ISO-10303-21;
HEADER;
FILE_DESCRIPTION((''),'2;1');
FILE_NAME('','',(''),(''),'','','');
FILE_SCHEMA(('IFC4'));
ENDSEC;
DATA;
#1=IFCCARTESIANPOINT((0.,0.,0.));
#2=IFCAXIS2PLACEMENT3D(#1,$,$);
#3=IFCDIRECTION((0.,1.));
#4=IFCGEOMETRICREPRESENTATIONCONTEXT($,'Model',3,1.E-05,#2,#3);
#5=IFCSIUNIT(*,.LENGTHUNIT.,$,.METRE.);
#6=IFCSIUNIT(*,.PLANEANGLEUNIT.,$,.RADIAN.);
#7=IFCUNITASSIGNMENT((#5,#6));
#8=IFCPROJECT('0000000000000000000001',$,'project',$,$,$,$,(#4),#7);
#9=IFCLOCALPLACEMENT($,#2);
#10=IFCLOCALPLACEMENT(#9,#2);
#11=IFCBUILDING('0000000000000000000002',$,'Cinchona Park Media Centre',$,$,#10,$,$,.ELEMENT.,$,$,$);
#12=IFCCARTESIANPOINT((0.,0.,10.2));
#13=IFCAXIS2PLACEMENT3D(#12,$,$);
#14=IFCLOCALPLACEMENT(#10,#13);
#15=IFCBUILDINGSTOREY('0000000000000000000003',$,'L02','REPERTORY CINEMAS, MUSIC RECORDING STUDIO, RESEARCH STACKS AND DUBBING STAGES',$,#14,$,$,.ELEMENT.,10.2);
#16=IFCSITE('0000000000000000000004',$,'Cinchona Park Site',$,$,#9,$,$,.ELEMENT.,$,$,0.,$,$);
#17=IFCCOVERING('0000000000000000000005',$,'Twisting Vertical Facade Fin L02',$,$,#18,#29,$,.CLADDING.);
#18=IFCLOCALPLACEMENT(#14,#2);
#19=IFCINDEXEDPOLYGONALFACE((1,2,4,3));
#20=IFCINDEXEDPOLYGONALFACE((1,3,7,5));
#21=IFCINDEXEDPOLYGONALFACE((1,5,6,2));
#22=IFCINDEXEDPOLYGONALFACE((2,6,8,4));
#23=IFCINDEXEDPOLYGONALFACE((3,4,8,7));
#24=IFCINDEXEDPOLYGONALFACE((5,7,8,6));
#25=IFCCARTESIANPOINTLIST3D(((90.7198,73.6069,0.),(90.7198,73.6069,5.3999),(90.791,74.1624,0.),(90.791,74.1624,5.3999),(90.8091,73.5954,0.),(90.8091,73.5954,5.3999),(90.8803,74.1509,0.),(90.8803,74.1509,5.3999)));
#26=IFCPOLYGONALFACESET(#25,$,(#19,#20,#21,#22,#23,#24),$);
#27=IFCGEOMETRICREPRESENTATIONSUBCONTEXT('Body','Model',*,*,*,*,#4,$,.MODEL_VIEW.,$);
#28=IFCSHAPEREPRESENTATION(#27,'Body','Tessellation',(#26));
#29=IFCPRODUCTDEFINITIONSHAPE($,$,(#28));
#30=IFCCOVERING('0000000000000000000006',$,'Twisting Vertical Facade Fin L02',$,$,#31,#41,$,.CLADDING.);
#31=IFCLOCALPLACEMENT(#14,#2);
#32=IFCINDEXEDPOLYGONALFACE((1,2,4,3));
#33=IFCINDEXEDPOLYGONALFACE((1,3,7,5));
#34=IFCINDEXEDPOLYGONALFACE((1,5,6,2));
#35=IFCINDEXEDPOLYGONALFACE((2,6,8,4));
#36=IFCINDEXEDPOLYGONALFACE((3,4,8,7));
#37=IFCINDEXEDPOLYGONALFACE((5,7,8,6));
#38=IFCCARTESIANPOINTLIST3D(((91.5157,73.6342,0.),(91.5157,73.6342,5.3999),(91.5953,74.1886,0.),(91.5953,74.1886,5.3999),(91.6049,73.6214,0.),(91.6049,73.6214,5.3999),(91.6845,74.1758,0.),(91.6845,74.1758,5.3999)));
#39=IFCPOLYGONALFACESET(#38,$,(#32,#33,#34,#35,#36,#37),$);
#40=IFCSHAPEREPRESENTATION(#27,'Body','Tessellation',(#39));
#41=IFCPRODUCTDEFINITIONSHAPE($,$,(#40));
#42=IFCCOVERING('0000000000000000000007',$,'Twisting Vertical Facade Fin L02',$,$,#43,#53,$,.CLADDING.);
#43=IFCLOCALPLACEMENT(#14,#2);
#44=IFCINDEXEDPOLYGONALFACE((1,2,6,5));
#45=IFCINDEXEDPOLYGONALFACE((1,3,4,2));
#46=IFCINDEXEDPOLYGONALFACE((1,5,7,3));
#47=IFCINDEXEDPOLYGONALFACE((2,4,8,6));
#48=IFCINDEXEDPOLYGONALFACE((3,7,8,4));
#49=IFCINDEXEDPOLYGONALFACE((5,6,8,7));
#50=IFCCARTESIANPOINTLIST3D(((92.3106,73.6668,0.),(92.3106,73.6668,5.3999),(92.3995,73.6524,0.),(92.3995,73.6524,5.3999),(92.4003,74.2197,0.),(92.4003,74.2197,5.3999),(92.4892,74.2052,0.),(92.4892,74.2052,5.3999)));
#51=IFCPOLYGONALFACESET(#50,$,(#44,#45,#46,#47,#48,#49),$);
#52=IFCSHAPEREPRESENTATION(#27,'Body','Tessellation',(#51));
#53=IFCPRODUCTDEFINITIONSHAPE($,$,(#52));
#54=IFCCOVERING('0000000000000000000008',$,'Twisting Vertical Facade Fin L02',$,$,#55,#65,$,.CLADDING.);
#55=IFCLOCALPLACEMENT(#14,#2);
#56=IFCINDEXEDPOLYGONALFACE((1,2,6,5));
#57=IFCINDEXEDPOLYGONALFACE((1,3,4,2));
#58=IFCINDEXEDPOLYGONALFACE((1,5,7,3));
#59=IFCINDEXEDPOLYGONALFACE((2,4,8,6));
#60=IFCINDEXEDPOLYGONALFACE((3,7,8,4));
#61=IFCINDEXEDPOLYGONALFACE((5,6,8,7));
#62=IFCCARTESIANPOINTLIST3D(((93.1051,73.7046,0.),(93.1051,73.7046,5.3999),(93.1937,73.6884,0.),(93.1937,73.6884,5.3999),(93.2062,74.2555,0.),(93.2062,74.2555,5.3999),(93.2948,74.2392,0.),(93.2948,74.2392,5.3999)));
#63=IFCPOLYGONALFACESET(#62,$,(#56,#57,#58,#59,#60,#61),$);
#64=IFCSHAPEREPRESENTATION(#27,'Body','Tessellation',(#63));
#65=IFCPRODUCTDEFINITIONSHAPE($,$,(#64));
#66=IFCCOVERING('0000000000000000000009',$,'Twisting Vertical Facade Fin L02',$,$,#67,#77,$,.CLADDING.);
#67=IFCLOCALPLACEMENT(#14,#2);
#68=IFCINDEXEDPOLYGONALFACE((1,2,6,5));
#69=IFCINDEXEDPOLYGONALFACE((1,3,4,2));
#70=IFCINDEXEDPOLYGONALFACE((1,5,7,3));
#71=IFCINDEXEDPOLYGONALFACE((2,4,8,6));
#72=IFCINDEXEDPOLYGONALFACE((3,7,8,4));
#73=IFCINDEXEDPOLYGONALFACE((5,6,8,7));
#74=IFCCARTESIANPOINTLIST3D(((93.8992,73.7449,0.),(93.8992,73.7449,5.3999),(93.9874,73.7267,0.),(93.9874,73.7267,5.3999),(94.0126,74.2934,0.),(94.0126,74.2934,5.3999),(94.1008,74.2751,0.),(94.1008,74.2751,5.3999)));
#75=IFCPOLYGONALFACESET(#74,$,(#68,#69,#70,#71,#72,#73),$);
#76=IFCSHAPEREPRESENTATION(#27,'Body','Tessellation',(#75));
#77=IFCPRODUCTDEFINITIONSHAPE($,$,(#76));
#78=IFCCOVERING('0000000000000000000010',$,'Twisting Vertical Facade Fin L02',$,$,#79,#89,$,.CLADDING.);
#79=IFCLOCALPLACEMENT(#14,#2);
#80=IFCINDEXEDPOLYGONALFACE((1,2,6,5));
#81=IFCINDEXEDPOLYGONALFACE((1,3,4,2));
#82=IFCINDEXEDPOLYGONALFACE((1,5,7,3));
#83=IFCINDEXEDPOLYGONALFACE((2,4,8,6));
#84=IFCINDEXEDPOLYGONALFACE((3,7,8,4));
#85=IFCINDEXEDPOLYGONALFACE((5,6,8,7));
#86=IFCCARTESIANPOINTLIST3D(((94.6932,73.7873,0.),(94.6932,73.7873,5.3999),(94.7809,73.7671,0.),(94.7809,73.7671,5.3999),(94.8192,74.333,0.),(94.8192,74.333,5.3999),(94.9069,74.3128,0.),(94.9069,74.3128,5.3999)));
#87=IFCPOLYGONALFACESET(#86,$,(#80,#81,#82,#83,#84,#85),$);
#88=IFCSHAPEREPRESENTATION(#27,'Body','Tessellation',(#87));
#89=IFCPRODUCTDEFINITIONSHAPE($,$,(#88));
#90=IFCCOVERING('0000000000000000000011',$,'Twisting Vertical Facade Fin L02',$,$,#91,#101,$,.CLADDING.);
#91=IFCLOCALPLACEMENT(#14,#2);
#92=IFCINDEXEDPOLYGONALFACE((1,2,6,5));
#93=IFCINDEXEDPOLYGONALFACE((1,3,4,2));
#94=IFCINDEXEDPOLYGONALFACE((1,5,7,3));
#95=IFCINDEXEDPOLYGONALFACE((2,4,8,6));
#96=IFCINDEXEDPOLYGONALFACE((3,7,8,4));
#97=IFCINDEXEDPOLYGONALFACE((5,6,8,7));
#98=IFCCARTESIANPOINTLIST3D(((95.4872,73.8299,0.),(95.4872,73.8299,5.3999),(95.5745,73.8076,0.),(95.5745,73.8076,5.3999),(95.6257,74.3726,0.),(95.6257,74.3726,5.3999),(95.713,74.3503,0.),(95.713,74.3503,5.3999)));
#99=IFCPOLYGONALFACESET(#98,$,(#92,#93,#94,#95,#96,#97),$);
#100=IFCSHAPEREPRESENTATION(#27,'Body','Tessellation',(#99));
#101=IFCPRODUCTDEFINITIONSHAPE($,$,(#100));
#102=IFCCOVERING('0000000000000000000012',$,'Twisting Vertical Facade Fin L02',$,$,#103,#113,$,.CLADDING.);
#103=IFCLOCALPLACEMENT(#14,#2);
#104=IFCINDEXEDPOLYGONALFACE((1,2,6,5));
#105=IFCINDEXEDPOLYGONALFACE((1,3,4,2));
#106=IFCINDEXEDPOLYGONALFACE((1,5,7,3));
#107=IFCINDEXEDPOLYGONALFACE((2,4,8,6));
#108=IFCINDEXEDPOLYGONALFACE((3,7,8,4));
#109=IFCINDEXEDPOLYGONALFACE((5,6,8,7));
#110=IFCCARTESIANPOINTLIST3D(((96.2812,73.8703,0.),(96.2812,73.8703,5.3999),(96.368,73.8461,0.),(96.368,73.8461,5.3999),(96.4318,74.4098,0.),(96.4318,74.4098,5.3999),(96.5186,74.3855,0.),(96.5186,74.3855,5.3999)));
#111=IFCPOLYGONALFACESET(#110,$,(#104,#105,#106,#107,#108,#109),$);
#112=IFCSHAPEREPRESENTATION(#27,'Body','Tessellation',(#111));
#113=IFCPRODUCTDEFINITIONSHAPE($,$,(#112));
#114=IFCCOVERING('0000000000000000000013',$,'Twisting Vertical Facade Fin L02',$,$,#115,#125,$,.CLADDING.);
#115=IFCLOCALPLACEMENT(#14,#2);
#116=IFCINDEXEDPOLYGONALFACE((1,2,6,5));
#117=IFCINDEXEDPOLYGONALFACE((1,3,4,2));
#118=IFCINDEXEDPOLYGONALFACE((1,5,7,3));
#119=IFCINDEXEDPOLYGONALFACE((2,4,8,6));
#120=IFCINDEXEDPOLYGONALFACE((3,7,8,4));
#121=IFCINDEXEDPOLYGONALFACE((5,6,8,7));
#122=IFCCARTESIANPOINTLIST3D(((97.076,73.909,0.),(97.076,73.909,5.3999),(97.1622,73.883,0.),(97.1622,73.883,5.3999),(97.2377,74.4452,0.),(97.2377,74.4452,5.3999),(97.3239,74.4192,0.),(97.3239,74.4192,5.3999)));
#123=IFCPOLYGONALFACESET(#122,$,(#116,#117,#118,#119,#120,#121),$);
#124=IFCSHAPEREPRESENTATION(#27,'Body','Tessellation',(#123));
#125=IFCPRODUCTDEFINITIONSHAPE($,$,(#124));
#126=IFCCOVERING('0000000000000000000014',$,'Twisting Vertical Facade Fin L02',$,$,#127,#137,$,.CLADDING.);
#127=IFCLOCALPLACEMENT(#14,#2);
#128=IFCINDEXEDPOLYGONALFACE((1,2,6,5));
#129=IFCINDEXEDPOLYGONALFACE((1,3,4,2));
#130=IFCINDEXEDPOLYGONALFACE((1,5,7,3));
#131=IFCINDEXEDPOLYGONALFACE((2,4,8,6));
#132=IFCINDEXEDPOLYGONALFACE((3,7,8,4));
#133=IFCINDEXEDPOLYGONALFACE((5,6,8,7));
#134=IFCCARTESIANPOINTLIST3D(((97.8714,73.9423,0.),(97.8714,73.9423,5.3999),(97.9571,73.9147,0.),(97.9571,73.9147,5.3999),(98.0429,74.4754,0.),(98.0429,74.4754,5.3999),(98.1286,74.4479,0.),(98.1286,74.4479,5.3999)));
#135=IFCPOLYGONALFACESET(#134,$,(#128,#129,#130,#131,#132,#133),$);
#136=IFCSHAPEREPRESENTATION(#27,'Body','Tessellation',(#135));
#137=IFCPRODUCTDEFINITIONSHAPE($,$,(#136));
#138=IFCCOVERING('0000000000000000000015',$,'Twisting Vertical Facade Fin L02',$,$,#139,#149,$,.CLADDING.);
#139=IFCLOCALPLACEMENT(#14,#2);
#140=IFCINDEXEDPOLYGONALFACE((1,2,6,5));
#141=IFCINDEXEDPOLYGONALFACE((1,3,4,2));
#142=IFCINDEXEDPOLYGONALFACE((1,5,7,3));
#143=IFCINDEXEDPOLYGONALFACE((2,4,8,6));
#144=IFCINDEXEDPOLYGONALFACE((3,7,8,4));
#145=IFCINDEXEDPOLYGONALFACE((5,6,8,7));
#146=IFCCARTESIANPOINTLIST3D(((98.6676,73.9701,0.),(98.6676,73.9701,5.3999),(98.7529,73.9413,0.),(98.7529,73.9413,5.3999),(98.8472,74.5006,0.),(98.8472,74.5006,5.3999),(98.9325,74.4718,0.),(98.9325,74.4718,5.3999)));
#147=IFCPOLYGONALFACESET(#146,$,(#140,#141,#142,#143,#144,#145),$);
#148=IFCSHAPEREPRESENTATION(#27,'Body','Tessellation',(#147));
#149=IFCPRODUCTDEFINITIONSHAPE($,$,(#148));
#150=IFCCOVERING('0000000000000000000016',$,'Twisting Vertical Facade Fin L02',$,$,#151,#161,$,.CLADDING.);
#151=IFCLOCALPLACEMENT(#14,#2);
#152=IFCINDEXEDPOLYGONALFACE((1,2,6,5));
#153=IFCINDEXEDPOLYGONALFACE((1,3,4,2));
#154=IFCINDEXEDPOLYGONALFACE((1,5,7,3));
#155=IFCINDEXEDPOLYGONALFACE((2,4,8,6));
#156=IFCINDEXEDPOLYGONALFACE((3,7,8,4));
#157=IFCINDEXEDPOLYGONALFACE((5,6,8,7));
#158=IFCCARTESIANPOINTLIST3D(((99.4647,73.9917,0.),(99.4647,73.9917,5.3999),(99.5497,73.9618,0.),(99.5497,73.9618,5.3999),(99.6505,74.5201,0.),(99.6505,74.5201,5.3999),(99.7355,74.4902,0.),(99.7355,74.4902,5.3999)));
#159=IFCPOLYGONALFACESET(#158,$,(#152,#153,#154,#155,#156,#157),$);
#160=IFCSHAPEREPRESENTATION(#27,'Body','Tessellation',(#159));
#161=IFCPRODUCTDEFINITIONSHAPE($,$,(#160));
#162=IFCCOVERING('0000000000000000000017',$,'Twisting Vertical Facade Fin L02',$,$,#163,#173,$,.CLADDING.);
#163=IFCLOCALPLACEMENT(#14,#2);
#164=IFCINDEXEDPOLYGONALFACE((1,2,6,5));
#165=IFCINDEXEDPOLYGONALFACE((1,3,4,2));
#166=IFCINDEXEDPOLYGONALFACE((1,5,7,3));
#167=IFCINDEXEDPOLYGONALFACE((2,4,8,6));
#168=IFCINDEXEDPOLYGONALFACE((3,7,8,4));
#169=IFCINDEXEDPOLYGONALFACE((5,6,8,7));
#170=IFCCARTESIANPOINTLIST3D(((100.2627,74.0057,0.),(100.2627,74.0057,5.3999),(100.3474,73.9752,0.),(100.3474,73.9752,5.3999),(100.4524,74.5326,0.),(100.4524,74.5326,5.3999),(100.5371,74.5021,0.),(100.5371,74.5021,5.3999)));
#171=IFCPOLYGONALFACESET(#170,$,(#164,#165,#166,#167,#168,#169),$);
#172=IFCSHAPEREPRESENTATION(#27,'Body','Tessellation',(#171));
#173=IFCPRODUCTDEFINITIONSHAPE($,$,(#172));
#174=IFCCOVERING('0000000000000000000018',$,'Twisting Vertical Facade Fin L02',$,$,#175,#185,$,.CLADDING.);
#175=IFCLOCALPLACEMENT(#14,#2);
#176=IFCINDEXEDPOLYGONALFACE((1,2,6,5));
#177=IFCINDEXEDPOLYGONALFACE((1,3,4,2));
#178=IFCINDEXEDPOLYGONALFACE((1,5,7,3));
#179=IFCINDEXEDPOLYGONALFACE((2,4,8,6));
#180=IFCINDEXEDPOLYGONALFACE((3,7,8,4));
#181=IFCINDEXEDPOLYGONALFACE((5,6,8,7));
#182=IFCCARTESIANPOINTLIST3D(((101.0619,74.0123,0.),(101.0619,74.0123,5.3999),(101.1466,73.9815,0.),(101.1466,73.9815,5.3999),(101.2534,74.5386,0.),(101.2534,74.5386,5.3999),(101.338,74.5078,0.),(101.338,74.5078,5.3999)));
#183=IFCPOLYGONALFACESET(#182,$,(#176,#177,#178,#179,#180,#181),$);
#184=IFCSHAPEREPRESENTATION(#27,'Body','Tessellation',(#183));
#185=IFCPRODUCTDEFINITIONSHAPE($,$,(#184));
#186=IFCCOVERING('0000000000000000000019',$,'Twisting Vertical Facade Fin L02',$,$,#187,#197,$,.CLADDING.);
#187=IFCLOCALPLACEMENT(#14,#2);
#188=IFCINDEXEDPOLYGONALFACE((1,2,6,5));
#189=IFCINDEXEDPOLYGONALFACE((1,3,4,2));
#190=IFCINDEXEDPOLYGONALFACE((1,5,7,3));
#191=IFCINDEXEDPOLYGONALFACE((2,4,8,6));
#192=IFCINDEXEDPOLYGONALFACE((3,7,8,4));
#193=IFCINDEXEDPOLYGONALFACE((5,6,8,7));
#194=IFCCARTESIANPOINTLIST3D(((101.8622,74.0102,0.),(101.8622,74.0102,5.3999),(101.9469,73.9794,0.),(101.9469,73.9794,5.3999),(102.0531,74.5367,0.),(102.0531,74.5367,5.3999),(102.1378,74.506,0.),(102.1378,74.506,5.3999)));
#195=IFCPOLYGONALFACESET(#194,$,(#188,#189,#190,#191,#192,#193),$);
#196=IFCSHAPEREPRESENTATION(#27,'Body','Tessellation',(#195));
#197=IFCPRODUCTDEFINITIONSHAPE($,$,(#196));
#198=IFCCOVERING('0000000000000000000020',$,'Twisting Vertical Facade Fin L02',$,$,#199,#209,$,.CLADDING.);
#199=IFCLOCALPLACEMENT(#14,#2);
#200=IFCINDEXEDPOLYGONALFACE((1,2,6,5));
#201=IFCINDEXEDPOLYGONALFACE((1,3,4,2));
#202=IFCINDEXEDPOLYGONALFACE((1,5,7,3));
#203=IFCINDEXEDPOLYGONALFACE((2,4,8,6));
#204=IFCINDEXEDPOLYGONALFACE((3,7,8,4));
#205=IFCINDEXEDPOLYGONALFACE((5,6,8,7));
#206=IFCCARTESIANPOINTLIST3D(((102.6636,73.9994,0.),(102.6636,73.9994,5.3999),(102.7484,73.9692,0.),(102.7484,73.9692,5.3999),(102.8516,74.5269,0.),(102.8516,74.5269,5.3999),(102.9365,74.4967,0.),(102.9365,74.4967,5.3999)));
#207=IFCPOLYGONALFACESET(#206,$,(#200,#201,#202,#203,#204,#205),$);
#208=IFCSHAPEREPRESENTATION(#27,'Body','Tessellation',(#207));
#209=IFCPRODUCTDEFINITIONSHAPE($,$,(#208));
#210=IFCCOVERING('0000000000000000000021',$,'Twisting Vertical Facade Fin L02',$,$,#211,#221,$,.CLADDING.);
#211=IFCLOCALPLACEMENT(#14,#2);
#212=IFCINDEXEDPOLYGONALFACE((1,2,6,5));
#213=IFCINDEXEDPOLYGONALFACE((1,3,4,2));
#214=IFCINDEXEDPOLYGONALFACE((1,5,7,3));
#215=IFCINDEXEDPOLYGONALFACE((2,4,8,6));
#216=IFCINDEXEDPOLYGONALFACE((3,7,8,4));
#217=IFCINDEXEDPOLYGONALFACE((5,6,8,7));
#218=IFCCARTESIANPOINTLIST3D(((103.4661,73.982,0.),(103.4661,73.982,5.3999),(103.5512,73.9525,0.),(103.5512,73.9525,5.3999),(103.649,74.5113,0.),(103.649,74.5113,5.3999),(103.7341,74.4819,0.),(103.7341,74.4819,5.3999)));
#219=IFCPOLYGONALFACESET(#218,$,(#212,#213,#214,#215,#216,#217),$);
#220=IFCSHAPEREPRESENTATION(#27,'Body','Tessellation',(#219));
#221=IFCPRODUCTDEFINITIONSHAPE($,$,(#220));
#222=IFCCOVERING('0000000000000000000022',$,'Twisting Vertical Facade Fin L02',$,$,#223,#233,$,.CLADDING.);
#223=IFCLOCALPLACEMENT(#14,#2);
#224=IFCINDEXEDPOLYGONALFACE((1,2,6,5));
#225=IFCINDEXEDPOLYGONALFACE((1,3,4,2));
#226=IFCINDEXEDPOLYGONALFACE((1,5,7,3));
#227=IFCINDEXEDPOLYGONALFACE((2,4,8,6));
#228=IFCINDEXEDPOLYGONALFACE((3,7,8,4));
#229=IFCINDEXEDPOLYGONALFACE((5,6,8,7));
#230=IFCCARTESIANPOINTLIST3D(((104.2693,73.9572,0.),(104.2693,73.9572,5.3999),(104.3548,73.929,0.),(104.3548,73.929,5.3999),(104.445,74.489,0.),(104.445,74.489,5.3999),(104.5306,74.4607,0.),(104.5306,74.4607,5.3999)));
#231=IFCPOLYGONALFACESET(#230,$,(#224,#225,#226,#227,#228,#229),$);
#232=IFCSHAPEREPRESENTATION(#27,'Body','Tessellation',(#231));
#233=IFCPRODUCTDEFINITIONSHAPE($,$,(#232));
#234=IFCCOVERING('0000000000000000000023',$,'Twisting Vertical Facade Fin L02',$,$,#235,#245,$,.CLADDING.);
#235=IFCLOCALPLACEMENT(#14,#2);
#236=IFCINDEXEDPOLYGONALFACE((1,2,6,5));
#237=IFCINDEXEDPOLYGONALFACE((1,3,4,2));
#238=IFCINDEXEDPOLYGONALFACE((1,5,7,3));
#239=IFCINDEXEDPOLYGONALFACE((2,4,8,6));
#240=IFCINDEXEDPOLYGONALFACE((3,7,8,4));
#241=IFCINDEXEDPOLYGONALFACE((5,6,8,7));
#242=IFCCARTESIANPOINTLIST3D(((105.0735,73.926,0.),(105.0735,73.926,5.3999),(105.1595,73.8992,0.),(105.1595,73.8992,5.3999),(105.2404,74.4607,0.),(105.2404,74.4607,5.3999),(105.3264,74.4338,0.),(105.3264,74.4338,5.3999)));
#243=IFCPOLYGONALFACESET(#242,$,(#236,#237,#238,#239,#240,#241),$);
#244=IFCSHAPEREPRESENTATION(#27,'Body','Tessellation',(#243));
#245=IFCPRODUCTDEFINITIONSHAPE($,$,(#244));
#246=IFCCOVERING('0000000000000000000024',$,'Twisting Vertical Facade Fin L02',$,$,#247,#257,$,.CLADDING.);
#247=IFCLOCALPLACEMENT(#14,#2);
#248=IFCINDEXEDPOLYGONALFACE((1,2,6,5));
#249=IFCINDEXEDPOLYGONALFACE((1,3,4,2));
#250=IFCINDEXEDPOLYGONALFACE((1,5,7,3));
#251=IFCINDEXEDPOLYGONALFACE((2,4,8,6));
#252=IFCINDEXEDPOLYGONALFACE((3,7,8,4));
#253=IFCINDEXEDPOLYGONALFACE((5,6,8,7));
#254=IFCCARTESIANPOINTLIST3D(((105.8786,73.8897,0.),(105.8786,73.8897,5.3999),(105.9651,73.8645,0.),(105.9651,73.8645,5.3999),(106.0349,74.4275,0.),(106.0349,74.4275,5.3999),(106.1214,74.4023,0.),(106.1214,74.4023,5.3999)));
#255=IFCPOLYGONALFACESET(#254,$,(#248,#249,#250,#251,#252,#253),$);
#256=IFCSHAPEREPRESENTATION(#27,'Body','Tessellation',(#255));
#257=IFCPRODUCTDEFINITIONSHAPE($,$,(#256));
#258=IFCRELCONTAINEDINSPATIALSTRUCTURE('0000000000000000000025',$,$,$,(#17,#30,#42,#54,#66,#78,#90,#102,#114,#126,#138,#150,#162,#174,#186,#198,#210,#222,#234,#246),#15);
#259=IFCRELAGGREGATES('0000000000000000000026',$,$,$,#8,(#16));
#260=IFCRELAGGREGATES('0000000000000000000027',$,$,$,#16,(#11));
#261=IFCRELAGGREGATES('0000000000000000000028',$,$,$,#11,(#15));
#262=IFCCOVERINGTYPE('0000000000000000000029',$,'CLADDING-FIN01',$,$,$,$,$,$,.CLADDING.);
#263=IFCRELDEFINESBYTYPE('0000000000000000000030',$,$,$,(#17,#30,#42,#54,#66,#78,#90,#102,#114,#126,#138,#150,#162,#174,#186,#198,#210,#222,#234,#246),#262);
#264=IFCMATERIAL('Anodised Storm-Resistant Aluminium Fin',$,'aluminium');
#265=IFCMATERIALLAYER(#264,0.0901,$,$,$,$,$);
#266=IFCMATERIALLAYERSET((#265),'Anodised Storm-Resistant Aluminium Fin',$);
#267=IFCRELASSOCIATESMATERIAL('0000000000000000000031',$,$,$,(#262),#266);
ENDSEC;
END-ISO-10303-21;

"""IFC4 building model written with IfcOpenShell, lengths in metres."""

from ifc_helpers import new_model, si_unit, direction, frame, origin, origin_2d, place, context, subcontext, project, spatial, rectangle, extrude, material, layer, layer_set, type_object, element, save


model = new_model("IFC4")

# Units and contexts
model_context = context("Model", 3, precision=1e-05, world=origin(), true_north=direction((0.0, 1.0)))
body_context = subcontext(model_context, "Body", "Model", "MODEL_VIEW")
ifc_project = project(units=[si_unit("LENGTHUNIT", "METRE"), si_unit("PLANEANGLEUNIT", "RADIAN")], contexts=[model_context])

# Site, building, storey
site_placement = place(None, origin())
site = spatial("IfcSite", under=ifc_project, at=site_placement, Name="Cinchona Park Site", CompositionType="ELEMENT", RefElevation=0.0)
building_placement = place(site_placement, origin())
building = spatial("IfcBuilding", under=site, at=building_placement, Name="Cinchona Park Media Centre", CompositionType="ELEMENT")
storey_placement = place(building_placement, frame((0.0, 0.0, 10.2)))
storey = spatial("IfcBuildingStorey", under=building, at=storey_placement, Name="L02", Description="REPERTORY CINEMAS, MUSIC RECORDING STUDIO, RESEARCH STACKS AND DUBBING STAGES", CompositionType="ELEMENT", Elevation=10.2)

# Coverings
ifc_material_1 = material(Name="Anodised Storm-Resistant Aluminium Fin", Category="aluminium")
ifc_layer = layer(ifc_material_1, 0.0901)
ifc_layer_set = layer_set([ifc_layer], Name="Anodised Storm-Resistant Aluminium Fin")
covering_type = type_object("IfcCoveringType", Name="CLADDING-FIN01", PredefinedType="CLADDING", material=ifc_layer_set)
for number, where, z_axis, x_axis, name in (
    (1, (90.8, 73.8789, 0.0), (0.0, 0.0, 1.0), (0.127065, 0.991894, 0.0), "Twisting Vertical Facade Fin L02"),
    (2, (91.6001, 73.905, 0.0), (0.0, 0.0, 1.0), (0.142111, 0.989851, 0.0), "Twisting Vertical Facade Fin L02"),
    (3, (92.3999, 73.936, 0.0), (0.0, 0.0, 1.0), (0.160226, 0.98708, 0.0), "Twisting Vertical Facade Fin L02"),
    (4, (93.2, 73.9719, 0.0), (0.0, 0.0, 1.0), (0.180519, 0.983571, 0.0), "Twisting Vertical Facade Fin L02"),
    (5, (94.0, 74.01, 0.0), (0.0, 0.0, 1.0), (0.202445, 0.979294, 0.0), "Twisting Vertical Facade Fin L02"),
    (6, (94.8, 74.05, 0.0), (0.0, 0.0, 1.0), (0.224951, 0.97437, 0.0), "Twisting Vertical Facade Fin L02"),
    (7, (95.6001, 74.0901, 0.0), (0.0, 0.0, 1.0), (0.247337, 0.968929, 0.0), "Twisting Vertical Facade Fin L02"),
    (8, (96.3999, 74.1279, 0.0), (0.0, 0.0, 1.0), (0.26892, 0.963163, 0.0), "Twisting Vertical Facade Fin L02"),
    (9, (97.2, 74.1641, 0.0), (0.0, 0.0, 1.0), (0.288698, 0.95742, 0.0), "Twisting Vertical Facade Fin L02"),
    (10, (98.0, 74.1951, 0.0), (0.0, 0.0, 1.0), (0.306194, 0.951969, 0.0), "Twisting Vertical Facade Fin L02"),
    (11, (98.8, 74.2209, 0.0), (0.0, 0.0, 1.0), (0.320613, 0.94721, 0.0), "Twisting Vertical Facade Fin L02"),
    (12, (99.6001, 74.241, 0.0), (0.0, 0.0, 1.0), (0.331667, 0.943396, 0.0), "Twisting Vertical Facade Fin L02"),
    (13, (100.3999, 74.2539, 0.0), (0.0, 0.0, 1.0), (0.338738, 0.940881, 0.0), "Twisting Vertical Facade Fin L02"),
    (14, (101.2, 74.26, 0.0), (0.0, 0.0, 1.0), (0.341856, 0.939752, 0.0), "Twisting Vertical Facade Fin L02"),
    (15, (102.0, 74.2581, 0.0), (0.0, 0.0, 1.0), (0.340872, 0.94011, 0.0), "Twisting Vertical Facade Fin L02"),
    (16, (102.8, 74.248, 0.0), (0.0, 0.0, 1.0), (0.33578, 0.94194, 0.0), "Twisting Vertical Facade Fin L02"),
    (17, (103.6001, 74.2319, 0.0), (0.0, 0.0, 1.0), (0.326558, 0.945177, 0.0), "Twisting Vertical Facade Fin L02"),
    (18, (104.3999, 74.209, 0.0), (0.0, 0.0, 1.0), (0.313827, 0.94948, 0.0), "Twisting Vertical Facade Fin L02"),
    (19, (105.2, 74.1799, 0.0), (0.0, 0.0, 1.0), (0.297875, 0.954605, 0.0), "Twisting Vertical Facade Fin L02"),
    (20, (106.0, 74.146, 0.0), (0.0, 0.0, 1.0), (0.279159, 0.960245, 0.0), "Twisting Vertical Facade Fin L02"),
):
    element("IfcCovering", number, at=place(storey_placement, frame(where, z_axis=z_axis, x_axis=x_axis)), inside=storey, type_object=covering_type, Name=name, PredefinedType="CLADDING", context=body_context, shape_type="SweptSolid", body=[
        extrude(rectangle(XDim=0.5601, YDim=0.0901, at=origin_2d()), origin(), (0.0, 0.0, 1.0), 5.3999),
    ])

save(model, "model.ifc")
